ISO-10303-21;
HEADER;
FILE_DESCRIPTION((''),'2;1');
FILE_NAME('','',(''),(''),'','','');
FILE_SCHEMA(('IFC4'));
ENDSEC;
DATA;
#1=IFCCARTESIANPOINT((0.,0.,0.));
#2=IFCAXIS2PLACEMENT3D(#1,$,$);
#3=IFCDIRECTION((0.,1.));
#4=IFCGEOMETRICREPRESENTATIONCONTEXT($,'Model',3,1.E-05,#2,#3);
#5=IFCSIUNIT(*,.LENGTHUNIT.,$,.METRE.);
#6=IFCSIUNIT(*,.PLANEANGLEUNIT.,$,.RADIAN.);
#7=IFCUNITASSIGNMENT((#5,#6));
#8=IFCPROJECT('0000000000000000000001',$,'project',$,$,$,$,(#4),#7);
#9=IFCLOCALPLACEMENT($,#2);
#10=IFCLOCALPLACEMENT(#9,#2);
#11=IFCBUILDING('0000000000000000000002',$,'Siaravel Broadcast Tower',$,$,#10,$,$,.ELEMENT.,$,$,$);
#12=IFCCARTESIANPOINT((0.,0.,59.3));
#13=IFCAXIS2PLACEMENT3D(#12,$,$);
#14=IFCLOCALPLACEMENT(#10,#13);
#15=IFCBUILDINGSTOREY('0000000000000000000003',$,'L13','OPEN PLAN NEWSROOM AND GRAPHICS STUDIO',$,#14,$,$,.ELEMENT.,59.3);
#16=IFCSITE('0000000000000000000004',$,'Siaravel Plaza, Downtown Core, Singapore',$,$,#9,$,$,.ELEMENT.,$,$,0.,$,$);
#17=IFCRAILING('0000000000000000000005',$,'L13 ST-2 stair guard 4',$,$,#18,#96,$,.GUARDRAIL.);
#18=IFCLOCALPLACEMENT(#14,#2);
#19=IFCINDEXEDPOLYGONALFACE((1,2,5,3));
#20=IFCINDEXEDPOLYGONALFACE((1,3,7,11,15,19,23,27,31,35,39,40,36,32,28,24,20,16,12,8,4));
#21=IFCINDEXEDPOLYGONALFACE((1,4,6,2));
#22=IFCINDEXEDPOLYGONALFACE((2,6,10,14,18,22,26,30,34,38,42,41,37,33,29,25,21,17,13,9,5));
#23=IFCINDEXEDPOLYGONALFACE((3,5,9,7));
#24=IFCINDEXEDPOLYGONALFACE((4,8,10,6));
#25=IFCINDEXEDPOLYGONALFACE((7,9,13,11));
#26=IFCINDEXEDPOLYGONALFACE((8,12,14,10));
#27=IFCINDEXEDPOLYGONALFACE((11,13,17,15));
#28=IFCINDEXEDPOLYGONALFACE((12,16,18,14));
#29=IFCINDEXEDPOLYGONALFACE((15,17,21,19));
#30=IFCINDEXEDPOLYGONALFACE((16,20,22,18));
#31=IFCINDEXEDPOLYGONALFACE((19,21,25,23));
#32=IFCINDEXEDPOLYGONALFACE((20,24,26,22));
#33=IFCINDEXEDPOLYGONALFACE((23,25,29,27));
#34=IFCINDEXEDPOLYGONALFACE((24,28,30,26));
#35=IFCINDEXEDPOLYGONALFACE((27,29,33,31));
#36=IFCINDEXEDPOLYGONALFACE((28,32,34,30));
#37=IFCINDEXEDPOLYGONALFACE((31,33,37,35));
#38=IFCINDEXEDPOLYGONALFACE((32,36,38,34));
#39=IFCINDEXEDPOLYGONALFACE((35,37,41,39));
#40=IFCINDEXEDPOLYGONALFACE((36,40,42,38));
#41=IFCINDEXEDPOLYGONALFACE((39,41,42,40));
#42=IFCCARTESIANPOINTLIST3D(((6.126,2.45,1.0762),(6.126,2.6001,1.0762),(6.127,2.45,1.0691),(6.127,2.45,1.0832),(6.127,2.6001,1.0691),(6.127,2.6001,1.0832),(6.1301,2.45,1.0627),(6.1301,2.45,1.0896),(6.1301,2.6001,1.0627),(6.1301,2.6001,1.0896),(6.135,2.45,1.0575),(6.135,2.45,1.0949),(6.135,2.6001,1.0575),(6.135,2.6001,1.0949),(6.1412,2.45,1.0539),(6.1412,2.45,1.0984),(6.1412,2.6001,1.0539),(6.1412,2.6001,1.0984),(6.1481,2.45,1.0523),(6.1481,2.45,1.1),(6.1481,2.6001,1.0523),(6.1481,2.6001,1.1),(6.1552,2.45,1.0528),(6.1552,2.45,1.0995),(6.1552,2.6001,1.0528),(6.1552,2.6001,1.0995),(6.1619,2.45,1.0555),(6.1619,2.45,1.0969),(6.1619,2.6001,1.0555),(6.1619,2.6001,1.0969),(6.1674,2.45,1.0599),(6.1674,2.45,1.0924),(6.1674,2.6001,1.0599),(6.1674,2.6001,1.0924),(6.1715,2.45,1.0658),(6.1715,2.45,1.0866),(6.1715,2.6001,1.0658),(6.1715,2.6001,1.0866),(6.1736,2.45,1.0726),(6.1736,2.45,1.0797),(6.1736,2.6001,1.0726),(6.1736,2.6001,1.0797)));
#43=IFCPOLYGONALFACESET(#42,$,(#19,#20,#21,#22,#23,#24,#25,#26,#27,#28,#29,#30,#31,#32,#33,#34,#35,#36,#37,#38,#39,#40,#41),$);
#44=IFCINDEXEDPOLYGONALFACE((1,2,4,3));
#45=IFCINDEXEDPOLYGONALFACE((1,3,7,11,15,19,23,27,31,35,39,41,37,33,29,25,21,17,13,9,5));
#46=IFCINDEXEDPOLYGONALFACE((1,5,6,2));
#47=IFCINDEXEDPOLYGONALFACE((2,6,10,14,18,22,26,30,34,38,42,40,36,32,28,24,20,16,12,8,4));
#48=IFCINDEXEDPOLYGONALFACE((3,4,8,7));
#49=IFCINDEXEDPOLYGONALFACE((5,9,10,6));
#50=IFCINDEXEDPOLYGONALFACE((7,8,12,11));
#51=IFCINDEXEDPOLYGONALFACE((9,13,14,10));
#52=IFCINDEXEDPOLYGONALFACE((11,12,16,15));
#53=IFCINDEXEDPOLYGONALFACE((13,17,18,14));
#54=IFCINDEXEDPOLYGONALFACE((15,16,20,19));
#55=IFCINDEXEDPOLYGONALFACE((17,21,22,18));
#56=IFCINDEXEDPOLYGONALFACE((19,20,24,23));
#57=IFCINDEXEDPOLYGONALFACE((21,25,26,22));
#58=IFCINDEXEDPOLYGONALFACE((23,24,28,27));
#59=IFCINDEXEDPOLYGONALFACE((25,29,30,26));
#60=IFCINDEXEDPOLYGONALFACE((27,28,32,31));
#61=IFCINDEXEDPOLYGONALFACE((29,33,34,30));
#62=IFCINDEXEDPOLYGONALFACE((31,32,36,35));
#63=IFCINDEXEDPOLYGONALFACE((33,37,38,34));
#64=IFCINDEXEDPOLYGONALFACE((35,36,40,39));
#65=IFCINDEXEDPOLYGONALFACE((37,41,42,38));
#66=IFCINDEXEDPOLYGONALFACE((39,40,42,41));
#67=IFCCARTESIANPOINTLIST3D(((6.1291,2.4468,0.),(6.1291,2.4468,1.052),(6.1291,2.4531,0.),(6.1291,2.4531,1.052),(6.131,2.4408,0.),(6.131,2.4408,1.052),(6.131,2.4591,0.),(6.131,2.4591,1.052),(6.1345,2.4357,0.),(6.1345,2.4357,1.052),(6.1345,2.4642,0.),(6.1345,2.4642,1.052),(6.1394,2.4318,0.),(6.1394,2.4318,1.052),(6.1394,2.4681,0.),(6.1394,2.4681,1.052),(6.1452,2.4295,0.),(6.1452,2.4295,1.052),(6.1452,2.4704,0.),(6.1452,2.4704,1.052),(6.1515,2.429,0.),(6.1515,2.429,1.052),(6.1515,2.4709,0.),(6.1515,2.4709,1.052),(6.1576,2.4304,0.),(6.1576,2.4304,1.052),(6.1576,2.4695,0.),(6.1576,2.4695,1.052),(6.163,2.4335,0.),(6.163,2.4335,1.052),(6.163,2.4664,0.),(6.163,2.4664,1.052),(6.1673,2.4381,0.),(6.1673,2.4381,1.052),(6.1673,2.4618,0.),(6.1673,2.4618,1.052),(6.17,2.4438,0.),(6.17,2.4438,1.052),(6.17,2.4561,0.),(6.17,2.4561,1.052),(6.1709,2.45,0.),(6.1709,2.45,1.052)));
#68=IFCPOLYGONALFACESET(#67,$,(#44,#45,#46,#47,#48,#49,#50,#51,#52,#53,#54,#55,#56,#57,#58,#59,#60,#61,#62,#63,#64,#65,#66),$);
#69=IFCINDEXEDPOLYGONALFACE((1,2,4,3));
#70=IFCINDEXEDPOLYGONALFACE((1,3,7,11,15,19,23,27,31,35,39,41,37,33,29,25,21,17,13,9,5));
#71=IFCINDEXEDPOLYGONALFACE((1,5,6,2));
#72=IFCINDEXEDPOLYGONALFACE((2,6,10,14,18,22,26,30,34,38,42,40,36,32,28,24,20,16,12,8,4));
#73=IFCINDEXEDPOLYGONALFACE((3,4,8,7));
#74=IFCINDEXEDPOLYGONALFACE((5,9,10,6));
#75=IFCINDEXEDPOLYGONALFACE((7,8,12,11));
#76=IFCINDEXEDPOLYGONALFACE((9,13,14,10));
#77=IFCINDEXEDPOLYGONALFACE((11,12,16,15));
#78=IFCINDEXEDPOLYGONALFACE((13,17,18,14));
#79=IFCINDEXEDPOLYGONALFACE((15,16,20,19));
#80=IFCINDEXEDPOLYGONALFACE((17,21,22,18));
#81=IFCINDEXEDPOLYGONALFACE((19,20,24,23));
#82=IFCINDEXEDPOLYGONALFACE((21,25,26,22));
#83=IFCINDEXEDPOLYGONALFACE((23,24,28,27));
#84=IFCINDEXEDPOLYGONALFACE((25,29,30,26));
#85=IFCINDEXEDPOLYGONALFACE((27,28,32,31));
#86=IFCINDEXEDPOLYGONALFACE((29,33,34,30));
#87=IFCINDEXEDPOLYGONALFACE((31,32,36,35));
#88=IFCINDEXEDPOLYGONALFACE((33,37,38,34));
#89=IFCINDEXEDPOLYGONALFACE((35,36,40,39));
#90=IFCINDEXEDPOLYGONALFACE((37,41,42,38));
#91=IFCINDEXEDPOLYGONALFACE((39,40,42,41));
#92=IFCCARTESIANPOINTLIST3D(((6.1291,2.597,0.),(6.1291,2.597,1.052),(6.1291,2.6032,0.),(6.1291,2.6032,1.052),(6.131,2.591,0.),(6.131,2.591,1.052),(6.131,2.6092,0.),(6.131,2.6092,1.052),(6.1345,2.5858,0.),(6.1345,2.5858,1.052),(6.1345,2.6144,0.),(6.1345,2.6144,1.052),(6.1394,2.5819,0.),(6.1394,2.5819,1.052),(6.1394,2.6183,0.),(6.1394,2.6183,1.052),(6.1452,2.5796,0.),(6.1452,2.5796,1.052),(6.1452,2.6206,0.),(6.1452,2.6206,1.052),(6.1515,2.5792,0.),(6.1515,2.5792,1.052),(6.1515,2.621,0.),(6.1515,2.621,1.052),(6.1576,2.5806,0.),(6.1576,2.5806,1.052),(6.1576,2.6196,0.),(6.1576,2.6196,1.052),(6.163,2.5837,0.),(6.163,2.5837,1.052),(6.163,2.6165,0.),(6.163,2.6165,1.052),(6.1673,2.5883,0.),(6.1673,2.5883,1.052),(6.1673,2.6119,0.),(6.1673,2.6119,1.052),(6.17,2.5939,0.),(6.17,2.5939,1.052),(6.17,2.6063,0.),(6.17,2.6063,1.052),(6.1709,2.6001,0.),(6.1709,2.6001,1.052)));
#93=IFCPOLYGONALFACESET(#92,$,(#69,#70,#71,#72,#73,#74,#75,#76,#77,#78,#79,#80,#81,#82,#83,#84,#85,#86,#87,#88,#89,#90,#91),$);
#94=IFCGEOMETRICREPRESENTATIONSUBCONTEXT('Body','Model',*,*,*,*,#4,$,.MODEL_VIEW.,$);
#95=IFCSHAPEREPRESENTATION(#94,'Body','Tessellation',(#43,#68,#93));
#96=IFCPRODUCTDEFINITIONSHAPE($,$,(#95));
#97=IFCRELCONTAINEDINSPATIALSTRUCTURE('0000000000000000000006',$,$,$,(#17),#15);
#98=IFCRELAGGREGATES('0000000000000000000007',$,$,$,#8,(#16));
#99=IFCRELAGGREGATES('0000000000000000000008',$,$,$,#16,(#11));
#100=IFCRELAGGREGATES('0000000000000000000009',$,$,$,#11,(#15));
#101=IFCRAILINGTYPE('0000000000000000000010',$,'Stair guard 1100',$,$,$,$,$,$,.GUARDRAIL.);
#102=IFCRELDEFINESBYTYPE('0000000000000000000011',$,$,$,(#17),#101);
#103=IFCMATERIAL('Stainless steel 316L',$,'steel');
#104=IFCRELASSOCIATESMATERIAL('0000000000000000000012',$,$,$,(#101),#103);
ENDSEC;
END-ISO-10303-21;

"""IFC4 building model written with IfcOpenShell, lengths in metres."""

from ifc_helpers import new_model, si_unit, direction, frame, origin, origin_2d, place, context, subcontext, project, spatial, circle, extrude, material, type_object, element, save


model = new_model("IFC4")

# Units and contexts
model_context = context("Model", 3, precision=1e-05, world=origin(), true_north=direction((0.0, 1.0)))
body_context = subcontext(model_context, "Body", "Model", "MODEL_VIEW")
ifc_project = project(units=[si_unit("LENGTHUNIT", "METRE"), si_unit("PLANEANGLEUNIT", "RADIAN")], contexts=[model_context])

# Site, building, storey
site_placement = place(None, origin())
site = spatial("IfcSite", under=ifc_project, at=site_placement, Name="Siaravel Plaza, Downtown Core, Singapore", CompositionType="ELEMENT", RefElevation=0.0)
building_placement = place(site_placement, origin())
building = spatial("IfcBuilding", under=site, at=building_placement, Name="Siaravel Broadcast Tower", CompositionType="ELEMENT")
storey_placement = place(building_placement, frame((0.0, 0.0, 59.3)))
storey = spatial("IfcBuildingStorey", under=building, at=storey_placement, Name="L13", Description="OPEN PLAN NEWSROOM AND GRAPHICS STUDIO", CompositionType="ELEMENT", Elevation=59.3)

# Railing
ifc_material_1 = material(Name="Stainless steel 316L", Category="steel")
railing_type_1 = type_object("IfcRailingType", Name="Stair guard 1100", PredefinedType="GUARDRAIL", material=ifc_material_1)
railing_1_placement = place(storey_placement, frame((6.1499, 2.45, 0.0)))
element("IfcRailing", 1, at=railing_1_placement, inside=storey, type_object=railing_type_1, Name="L13 ST-2 stair guard 4", PredefinedType="GUARDRAIL", context=body_context, shape_type="SweptSolid", body=[
    extrude(circle(Radius=0.0239, at=origin_2d()), frame((0.0, 0.0, 1.0762), z_axis=(0.0, 1.0, 0.0), x_axis=(-1.0, 0.0, 0.0)), (0.0, 0.0, 1.0), 0.1501),
    extrude(circle(Radius=0.021, at=origin_2d()), origin(), (0.0, 0.0, 1.0), 1.052),
    extrude(circle(Radius=0.021, at=origin_2d()), frame((0.0, 0.1501, 0.0)), (0.0, 0.0, 1.0), 1.052),
])

save(model, "model.ifc")
